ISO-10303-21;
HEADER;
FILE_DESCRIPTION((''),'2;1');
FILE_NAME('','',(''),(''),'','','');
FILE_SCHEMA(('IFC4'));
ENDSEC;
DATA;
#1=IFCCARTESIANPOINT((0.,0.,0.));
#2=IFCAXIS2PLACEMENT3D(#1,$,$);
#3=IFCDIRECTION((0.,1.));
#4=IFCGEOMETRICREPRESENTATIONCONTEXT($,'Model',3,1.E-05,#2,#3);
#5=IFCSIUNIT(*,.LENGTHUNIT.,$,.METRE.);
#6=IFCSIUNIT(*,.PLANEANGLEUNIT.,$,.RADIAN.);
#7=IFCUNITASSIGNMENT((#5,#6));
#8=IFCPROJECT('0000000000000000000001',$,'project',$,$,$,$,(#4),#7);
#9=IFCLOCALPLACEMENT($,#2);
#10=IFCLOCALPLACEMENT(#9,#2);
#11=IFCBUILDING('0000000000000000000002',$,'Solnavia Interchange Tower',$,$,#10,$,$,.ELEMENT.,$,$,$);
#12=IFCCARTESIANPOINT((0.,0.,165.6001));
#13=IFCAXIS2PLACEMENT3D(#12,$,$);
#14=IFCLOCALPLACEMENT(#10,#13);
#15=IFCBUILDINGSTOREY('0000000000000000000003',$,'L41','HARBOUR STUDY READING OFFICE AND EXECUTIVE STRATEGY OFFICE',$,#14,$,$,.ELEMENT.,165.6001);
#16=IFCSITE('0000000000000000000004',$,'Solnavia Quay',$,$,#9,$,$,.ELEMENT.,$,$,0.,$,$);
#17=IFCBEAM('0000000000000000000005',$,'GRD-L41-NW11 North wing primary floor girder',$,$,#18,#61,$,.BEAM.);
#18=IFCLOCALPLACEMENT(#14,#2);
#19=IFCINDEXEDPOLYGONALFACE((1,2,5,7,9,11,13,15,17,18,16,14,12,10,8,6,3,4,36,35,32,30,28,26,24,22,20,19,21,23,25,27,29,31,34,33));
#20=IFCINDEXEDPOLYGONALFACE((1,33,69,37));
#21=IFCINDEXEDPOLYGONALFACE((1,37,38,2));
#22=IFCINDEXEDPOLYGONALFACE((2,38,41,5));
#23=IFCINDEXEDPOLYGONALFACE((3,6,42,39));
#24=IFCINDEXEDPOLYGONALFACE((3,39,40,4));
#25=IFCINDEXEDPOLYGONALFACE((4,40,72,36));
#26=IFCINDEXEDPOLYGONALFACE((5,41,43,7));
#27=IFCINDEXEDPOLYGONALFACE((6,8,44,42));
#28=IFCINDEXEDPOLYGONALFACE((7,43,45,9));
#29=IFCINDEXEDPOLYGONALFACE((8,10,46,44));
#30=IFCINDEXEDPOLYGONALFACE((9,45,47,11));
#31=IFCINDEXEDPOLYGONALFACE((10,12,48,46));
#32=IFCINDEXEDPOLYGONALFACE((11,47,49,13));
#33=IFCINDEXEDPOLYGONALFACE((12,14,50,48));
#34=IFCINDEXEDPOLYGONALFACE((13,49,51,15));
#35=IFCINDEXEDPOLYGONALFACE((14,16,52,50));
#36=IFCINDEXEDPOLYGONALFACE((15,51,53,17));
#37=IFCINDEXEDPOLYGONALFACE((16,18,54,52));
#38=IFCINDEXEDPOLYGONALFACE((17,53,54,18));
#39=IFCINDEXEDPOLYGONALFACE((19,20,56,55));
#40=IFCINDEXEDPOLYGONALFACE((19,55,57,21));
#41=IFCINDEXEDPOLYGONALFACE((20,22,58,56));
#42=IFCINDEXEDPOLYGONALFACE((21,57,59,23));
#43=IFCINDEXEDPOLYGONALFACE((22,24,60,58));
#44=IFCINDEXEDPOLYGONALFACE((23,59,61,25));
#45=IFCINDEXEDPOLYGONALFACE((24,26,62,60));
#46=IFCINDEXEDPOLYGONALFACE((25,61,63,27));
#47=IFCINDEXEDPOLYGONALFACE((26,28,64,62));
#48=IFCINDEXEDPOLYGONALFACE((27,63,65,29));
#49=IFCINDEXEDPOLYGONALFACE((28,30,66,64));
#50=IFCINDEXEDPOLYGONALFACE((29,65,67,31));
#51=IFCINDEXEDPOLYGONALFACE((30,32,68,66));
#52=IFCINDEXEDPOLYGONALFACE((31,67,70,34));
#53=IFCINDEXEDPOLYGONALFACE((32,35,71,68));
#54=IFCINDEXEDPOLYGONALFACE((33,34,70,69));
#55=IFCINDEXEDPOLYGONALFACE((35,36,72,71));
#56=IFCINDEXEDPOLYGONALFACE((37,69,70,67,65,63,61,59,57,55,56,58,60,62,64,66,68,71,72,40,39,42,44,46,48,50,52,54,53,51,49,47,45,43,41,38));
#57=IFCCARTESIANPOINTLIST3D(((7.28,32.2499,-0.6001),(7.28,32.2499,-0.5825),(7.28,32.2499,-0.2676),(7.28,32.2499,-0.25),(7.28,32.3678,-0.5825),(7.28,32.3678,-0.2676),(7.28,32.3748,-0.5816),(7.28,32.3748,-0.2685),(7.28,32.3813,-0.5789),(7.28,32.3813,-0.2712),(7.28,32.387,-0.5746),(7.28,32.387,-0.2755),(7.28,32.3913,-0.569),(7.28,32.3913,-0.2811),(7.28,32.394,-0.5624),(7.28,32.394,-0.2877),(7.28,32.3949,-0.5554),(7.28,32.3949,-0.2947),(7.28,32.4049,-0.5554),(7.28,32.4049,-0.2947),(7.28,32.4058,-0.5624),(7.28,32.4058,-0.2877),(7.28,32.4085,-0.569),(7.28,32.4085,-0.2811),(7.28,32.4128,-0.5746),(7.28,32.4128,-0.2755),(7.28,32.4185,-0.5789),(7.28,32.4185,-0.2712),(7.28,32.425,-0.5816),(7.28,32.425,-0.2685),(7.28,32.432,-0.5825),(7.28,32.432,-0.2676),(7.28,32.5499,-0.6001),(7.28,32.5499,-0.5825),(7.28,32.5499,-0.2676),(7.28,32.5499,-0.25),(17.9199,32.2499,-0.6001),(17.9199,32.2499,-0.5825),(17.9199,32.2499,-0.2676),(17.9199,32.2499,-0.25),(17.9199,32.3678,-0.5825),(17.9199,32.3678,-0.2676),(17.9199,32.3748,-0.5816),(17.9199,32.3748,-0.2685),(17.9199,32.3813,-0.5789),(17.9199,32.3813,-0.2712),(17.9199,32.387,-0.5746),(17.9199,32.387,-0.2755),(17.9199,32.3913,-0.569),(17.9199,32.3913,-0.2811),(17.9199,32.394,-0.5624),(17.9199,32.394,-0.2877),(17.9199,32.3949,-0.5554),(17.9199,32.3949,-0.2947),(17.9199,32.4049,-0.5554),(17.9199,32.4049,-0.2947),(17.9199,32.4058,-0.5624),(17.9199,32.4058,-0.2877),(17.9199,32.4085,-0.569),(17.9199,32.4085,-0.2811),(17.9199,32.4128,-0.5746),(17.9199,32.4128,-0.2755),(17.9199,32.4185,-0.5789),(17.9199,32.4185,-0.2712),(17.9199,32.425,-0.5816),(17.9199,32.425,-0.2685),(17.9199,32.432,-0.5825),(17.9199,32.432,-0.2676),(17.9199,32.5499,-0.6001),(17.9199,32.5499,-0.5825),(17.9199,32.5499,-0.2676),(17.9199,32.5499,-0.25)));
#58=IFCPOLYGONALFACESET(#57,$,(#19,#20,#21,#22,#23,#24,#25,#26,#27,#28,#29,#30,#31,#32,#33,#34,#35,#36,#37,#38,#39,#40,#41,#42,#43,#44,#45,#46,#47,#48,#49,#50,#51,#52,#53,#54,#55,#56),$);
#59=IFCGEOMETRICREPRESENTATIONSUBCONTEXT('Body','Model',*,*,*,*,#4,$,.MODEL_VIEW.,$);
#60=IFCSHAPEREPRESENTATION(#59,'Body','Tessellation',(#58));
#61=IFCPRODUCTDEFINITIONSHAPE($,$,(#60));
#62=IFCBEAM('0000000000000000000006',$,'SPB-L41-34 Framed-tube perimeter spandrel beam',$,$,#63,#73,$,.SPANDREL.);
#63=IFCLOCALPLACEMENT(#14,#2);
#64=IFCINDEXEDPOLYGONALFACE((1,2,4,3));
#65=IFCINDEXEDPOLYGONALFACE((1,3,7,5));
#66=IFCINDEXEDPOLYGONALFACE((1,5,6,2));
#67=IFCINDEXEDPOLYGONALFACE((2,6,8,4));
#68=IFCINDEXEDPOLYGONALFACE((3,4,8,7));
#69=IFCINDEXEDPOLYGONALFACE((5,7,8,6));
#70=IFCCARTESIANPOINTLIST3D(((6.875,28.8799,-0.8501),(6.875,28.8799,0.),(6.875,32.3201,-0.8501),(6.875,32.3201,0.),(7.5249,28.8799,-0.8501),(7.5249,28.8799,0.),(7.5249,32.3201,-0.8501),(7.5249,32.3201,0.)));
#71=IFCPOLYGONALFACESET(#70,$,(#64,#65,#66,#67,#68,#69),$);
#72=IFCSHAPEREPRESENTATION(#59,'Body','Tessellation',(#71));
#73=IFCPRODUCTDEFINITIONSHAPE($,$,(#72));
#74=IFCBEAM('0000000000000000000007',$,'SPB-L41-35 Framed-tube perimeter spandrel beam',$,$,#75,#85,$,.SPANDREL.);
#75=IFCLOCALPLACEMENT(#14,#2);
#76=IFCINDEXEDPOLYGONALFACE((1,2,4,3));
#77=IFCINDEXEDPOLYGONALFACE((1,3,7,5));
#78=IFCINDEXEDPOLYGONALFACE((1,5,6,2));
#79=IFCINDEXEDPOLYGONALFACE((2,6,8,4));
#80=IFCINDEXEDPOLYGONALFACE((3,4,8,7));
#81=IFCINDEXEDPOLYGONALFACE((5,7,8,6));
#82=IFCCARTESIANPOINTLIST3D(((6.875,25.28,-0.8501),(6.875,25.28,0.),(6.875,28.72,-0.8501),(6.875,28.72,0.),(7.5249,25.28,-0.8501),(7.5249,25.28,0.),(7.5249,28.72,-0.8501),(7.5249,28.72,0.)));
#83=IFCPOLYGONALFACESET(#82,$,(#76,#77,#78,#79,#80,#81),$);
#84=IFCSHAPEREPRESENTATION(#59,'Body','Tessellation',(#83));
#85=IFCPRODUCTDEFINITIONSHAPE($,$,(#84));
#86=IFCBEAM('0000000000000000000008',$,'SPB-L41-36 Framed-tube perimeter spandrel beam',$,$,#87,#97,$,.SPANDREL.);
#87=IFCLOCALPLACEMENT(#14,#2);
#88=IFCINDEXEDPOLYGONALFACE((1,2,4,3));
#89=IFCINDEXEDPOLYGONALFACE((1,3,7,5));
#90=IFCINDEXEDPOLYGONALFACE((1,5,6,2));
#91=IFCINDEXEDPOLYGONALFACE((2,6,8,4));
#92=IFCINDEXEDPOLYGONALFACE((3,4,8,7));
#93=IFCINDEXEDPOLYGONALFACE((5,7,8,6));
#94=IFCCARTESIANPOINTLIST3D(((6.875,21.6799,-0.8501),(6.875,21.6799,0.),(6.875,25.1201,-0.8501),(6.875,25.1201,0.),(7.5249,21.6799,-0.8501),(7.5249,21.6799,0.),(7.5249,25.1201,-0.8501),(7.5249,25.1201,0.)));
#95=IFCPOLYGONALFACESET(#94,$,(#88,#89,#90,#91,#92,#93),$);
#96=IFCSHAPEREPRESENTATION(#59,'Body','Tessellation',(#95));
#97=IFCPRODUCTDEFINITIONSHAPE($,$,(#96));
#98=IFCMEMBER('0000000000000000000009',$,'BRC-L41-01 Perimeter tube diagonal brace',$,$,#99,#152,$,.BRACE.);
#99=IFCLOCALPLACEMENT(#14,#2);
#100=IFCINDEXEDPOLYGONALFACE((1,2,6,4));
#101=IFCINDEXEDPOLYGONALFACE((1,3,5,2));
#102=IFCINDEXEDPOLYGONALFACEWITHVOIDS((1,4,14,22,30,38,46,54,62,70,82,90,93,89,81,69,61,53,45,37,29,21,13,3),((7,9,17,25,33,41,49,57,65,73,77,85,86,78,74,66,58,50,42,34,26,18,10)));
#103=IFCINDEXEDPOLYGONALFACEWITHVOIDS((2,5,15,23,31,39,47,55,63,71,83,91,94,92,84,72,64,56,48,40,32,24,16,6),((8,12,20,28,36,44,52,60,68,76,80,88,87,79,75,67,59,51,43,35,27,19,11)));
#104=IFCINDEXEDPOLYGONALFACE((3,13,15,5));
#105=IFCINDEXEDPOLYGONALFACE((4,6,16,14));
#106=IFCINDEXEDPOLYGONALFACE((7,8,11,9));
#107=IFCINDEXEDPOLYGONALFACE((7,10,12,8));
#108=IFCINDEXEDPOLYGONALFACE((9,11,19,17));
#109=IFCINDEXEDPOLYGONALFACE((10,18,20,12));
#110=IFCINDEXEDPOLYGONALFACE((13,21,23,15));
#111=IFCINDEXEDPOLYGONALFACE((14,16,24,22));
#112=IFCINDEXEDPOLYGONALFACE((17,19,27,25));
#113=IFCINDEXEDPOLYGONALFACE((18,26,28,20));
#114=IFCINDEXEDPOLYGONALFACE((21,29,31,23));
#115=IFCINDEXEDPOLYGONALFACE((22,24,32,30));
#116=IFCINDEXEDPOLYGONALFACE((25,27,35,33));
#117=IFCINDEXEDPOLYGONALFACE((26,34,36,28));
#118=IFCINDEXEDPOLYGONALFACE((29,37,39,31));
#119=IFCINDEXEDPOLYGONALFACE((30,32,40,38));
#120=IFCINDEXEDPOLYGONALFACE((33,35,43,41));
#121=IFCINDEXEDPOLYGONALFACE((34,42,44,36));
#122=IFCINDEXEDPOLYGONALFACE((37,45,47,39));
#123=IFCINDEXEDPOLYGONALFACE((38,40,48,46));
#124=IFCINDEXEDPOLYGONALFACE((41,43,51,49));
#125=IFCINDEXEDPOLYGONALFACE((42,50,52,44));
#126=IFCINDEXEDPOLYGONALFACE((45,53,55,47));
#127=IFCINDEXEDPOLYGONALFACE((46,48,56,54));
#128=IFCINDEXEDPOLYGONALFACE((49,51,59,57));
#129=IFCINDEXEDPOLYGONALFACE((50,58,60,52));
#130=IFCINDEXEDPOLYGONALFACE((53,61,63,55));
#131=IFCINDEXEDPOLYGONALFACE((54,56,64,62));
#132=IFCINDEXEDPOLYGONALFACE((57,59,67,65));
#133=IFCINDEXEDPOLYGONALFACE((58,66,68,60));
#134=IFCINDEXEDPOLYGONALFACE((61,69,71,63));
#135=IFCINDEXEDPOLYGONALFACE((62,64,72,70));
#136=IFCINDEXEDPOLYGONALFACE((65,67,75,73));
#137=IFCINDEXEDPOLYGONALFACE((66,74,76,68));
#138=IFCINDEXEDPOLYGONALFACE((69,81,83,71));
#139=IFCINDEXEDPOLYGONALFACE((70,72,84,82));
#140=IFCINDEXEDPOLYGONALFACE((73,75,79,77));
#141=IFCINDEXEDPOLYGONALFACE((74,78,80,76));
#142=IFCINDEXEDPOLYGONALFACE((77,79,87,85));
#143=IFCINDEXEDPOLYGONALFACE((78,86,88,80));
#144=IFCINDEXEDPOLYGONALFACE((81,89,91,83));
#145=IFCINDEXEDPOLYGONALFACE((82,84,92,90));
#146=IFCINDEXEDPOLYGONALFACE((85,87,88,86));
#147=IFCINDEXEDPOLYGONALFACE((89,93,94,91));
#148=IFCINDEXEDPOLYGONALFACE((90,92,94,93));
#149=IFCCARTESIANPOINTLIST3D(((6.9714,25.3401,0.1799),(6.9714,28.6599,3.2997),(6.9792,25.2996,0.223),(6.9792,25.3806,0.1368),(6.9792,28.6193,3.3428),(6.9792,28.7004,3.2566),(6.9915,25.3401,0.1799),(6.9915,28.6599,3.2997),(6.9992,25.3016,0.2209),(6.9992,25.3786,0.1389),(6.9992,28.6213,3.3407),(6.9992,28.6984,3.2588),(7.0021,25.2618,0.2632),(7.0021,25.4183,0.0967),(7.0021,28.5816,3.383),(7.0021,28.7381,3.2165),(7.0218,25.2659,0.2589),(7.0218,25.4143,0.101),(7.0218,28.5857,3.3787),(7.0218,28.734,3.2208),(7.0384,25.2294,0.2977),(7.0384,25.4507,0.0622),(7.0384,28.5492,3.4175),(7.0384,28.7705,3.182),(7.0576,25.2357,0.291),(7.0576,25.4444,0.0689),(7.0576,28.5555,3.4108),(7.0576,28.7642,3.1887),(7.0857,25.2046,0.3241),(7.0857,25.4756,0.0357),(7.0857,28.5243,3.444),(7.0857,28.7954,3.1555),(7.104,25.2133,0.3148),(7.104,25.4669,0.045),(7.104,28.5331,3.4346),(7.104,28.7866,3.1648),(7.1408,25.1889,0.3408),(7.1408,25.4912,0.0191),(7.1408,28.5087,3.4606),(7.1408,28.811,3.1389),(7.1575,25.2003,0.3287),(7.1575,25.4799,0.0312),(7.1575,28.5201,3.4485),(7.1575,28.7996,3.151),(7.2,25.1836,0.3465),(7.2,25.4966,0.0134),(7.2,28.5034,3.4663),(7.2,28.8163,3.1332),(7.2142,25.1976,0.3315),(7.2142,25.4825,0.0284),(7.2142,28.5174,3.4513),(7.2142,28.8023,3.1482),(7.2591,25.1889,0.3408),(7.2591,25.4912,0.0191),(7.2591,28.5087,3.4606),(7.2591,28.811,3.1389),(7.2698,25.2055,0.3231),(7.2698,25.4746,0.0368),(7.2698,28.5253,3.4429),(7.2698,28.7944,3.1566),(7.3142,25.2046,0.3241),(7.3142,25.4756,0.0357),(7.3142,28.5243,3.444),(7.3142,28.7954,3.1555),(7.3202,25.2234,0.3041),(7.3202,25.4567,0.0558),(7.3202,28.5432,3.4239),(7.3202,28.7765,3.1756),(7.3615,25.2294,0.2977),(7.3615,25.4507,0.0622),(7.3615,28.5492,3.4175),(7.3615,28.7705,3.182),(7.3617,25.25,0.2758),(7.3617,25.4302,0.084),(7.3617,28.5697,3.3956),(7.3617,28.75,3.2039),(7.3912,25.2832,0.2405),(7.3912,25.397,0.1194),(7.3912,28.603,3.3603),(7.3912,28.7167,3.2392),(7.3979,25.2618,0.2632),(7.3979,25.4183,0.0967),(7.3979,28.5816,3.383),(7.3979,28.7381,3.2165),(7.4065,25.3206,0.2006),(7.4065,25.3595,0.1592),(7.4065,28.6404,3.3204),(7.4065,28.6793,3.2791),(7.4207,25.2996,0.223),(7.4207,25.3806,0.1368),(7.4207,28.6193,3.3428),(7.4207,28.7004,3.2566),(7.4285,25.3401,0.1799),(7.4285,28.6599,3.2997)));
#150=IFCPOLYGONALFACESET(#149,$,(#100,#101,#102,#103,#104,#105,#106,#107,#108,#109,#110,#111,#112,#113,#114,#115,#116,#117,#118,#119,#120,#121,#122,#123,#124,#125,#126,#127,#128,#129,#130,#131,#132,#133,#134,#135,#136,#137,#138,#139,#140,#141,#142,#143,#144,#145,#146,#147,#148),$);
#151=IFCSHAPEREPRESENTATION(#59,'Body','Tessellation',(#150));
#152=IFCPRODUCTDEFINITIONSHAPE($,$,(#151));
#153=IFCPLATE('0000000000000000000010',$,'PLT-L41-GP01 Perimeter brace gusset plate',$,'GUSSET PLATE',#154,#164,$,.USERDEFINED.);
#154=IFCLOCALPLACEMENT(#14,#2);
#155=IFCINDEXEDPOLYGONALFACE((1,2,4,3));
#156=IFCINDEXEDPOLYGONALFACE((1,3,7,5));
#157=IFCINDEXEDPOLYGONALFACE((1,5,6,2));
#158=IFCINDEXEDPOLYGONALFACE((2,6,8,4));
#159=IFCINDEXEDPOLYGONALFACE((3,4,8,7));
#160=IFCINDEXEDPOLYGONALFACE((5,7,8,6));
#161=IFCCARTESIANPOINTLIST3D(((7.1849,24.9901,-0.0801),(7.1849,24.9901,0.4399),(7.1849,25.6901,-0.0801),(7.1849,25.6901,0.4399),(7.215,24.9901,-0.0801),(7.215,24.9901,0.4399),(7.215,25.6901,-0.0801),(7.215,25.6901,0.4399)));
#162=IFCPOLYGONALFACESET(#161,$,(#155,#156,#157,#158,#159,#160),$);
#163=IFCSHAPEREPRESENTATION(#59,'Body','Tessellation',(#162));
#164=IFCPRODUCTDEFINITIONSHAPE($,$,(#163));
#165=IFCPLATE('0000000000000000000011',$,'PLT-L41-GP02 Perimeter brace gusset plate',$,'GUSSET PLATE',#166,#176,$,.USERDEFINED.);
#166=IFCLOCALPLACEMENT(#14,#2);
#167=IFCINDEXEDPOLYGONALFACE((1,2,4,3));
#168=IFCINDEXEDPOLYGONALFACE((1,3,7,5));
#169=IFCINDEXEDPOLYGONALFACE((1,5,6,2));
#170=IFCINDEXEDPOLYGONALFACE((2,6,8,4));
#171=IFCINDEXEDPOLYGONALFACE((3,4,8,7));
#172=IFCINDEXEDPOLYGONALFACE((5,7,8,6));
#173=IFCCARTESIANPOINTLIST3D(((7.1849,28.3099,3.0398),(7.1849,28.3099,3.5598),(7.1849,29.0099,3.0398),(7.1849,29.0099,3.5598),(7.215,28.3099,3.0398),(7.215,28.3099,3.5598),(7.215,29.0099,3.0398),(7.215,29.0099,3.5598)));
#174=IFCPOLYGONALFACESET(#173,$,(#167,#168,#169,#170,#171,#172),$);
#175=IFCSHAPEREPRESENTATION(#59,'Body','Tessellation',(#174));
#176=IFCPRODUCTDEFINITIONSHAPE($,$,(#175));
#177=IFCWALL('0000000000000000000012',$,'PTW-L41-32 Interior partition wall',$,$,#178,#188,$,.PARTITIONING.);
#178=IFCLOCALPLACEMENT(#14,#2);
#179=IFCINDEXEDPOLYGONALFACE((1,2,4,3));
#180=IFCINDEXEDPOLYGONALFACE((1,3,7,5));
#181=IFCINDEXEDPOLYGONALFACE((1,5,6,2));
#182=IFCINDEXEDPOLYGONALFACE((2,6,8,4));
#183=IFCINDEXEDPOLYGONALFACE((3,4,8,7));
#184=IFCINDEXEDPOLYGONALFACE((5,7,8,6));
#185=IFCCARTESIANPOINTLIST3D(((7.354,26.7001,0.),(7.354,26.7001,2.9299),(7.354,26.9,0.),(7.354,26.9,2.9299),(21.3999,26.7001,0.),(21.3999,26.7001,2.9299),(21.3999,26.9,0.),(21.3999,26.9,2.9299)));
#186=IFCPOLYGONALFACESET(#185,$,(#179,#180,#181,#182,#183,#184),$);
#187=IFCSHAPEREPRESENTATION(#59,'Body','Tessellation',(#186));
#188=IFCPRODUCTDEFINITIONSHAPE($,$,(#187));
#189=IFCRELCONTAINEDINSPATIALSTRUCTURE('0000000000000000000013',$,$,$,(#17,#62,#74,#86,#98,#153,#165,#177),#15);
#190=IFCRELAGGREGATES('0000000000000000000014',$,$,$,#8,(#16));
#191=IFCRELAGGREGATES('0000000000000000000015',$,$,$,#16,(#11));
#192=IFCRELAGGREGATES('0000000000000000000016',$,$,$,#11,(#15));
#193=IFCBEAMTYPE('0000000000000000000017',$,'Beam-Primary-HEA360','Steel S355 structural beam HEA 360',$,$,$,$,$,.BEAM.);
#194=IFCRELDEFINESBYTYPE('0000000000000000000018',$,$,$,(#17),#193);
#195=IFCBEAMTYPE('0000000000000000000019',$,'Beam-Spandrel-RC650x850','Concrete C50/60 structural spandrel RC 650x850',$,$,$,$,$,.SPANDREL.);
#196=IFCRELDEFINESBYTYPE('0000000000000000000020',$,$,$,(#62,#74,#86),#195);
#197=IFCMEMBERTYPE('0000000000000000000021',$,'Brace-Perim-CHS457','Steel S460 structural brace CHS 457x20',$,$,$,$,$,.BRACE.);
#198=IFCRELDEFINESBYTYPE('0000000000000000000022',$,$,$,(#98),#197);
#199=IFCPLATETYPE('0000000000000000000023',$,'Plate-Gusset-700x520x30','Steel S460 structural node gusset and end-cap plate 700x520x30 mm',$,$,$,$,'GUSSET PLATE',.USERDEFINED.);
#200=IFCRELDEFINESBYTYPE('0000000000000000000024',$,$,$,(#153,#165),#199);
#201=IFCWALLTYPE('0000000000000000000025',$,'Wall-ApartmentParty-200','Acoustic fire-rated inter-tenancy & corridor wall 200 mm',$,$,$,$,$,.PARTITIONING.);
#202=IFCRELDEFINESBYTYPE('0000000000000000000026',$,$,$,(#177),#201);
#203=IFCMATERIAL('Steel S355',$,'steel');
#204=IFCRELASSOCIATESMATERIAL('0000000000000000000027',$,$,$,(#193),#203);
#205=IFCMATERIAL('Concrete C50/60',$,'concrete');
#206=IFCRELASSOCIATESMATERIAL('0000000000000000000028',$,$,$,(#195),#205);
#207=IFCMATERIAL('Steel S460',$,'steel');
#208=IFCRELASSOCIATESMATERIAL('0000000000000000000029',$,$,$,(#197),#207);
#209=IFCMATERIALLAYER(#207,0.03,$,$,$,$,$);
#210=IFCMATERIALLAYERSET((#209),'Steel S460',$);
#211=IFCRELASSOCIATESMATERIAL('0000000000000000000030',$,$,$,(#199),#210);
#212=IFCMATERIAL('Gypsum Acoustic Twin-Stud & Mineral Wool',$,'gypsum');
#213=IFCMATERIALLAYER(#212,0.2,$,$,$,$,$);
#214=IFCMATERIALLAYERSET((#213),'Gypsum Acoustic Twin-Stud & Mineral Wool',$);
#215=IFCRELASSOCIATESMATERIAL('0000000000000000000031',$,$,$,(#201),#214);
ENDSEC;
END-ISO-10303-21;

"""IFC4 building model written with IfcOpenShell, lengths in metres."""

from ifc_helpers import new_model, si_unit, direction, frame, frame_2d, origin, origin_2d, place, context, subcontext, project, spatial, rectangle, hollow_circle, i_section, extrude, material, layer, layer_set, material_profile, profile_set, type_object, element, save


model = new_model("IFC4")

# Units and contexts
model_context = context("Model", 3, precision=1e-05, world=origin(), true_north=direction((0.0, 1.0)))
body_context = subcontext(model_context, "Body", "Model", "MODEL_VIEW")
ifc_project = project(units=[si_unit("LENGTHUNIT", "METRE"), si_unit("PLANEANGLEUNIT", "RADIAN")], contexts=[model_context])

# Site, building, storey
site_placement = place(None, origin())
site = spatial("IfcSite", under=ifc_project, at=site_placement, Name="Solnavia Quay", CompositionType="ELEMENT", RefElevation=0.0)
building_placement = place(site_placement, origin())
building = spatial("IfcBuilding", under=site, at=building_placement, Name="Solnavia Interchange Tower", CompositionType="ELEMENT")
storey_placement = place(building_placement, frame((0.0, 0.0, 165.6001)))
storey = spatial("IfcBuildingStorey", under=building, at=storey_placement, Name="L41", Description="HARBOUR STUDY READING OFFICE AND EXECUTIVE STRATEGY OFFICE", CompositionType="ELEMENT", Elevation=165.6001)

# Shared definitions
ifc_material_1 = material(Name="Concrete C50/60", Category="concrete")
ifc_material_2 = material(Name="Steel S355", Category="steel")

# Beams
ifc_material_3 = material(Name="Steel S460", Category="steel")
ifc_material_profile_1 = material_profile(ifc_material_2, i_section(OverallWidth=0.3, OverallDepth=0.3501, WebThickness=0.01, FlangeThickness=0.0176, FilletRadius=0.0271, at=origin_2d()), Name="HEA 360")
ifc_profile_set_1 = profile_set([ifc_material_profile_1], Name="Steel S355")
beam_type_1 = type_object("IfcBeamType", Name="Beam-Primary-HEA360", Description="Steel S355 structural beam HEA 360", PredefinedType="BEAM", material=ifc_profile_set_1)
beam_1_placement = place(storey_placement, frame((7.28, 32.3999, -0.425), z_axis=(1.0, 0.0, 0.0), x_axis=(0.0, 1.0, 0.0)))
element("IfcBeam", 1, at=beam_1_placement, inside=storey, type_object=beam_type_1, Name="GRD-L41-NW11 North wing primary floor girder", PredefinedType="BEAM", context=body_context, shape_type="SweptSolid", body=[
    extrude(i_section(OverallWidth=0.3, OverallDepth=0.3501, WebThickness=0.01, FlangeThickness=0.0176, FilletRadius=0.0271, at=origin_2d()), origin(), (0.0, 0.0, 1.0), 10.6399),
])
ifc_material_profile_2 = material_profile(ifc_material_1, rectangle(XDim=0.6499, YDim=0.8501, at=origin_2d()), Name="RC 650x850")
ifc_profile_set_2 = profile_set([ifc_material_profile_2], Name="Concrete C50/60")
beam_type_2 = type_object("IfcBeamType", Name="Beam-Spandrel-RC650x850", Description="Concrete C50/60 structural spandrel RC 650x850", PredefinedType="SPANDREL", material=ifc_profile_set_2)
beam_2_placement = place(storey_placement, frame((7.2, 32.3201, -0.425), z_axis=(0.0, -1.0, 0.0), x_axis=(1.0, 0.0, 0.0)))
element("IfcBeam", 2, at=beam_2_placement, inside=storey, type_object=beam_type_2, Name="SPB-L41-34 Framed-tube perimeter spandrel beam", PredefinedType="SPANDREL", context=body_context, shape_type="SweptSolid", body=[
    extrude(rectangle(XDim=0.6499, YDim=0.8501, at=origin_2d()), origin(), (0.0, 0.0, 1.0), 3.4402),
])
beam_3_placement = place(storey_placement, frame((7.2, 28.72, -0.425), z_axis=(0.0, -1.0, 0.0), x_axis=(1.0, 0.0, 0.0)))
element("IfcBeam", 3, at=beam_3_placement, inside=storey, type_object=beam_type_2, Name="SPB-L41-35 Framed-tube perimeter spandrel beam", PredefinedType="SPANDREL", context=body_context, shape_type="SweptSolid", body=[
    extrude(rectangle(XDim=0.6499, YDim=0.8501, at=origin_2d()), origin(), (0.0, 0.0, 1.0), 3.4399),
])
beam_4_placement = place(storey_placement, frame((7.2, 25.1201, -0.425), z_axis=(0.0, -1.0, 0.0), x_axis=(1.0, 0.0, 0.0)))
element("IfcBeam", 4, at=beam_4_placement, inside=storey, type_object=beam_type_2, Name="SPB-L41-36 Framed-tube perimeter spandrel beam", PredefinedType="SPANDREL", context=body_context, shape_type="SweptSolid", body=[
    extrude(rectangle(XDim=0.6499, YDim=0.8501, at=origin_2d()), origin(), (0.0, 0.0, 1.0), 3.4402),
])

# Member
ifc_material_profile_3 = material_profile(ifc_material_3, hollow_circle(Radius=0.2285, WallThickness=0.02, at=origin_2d()), Name="CHS 457x20")
ifc_profile_set_3 = profile_set([ifc_material_profile_3], Name="Steel S460")
member_type = type_object("IfcMemberType", Name="Brace-Perim-CHS457", Description="Steel S460 structural brace CHS 457x20", PredefinedType="BRACE", material=ifc_profile_set_3)
member_placement = place(storey_placement, frame((7.2, 25.3401, 0.1799), z_axis=(0.0, 0.728711, 0.684821), x_axis=(-1.0, 0.0, 0.0)))
element("IfcMember", 5, at=member_placement, inside=storey, type_object=member_type, Name="BRC-L41-01 Perimeter tube diagonal brace", PredefinedType="BRACE", context=body_context, shape_type="SweptSolid", body=[
    extrude(hollow_circle(Radius=0.2285, WallThickness=0.02, at=origin_2d()), origin(), (0.0, 0.0, 1.0), 4.5557),
])

# Plates
ifc_layer_1 = layer(ifc_material_3, 0.03)
ifc_layer_set_1 = layer_set([ifc_layer_1], Name="Steel S460")
plate_type = type_object("IfcPlateType", Name="Plate-Gusset-700x520x30", Description="Steel S460 structural node gusset and end-cap plate 700x520x30 mm", ElementType="GUSSET PLATE", PredefinedType="USERDEFINED", material=ifc_layer_set_1)
for number, where, z_axis, x_axis, name in (
    (6, (7.2, 25.3401, -0.0801), (0.0, 0.0, 1.0), (0.0, 1.0, 0.0), "PLT-L41-GP01 Perimeter brace gusset plate"),
    (7, (7.2, 28.6599, 3.0398), (0.0, 0.0, 1.0), (0.0, 1.0, 0.0), "PLT-L41-GP02 Perimeter brace gusset plate"),
):
    element("IfcPlate", number, at=place(storey_placement, frame(where, z_axis=z_axis, x_axis=x_axis)), inside=storey, type_object=plate_type, Name=name, ObjectType="GUSSET PLATE", PredefinedType="USERDEFINED", context=body_context, shape_type="SweptSolid", body=[
        extrude(rectangle(XDim=0.7, YDim=0.03, at=origin_2d()), origin(), (0.0, 0.0, 1.0), 0.52),
    ])

# Wall
ifc_material_4 = material(Name="Gypsum Acoustic Twin-Stud & Mineral Wool", Category="gypsum")
ifc_layer_2 = layer(ifc_material_4, 0.2)
ifc_layer_set_2 = layer_set([ifc_layer_2], Name="Gypsum Acoustic Twin-Stud & Mineral Wool")
wall_type_1 = type_object("IfcWallType", Name="Wall-ApartmentParty-200", Description="Acoustic fire-rated inter-tenancy & corridor wall 200 mm", PredefinedType="PARTITIONING", material=ifc_layer_set_2)
for number, where, z_axis, x_axis, name in (
    (8, (7.354, 26.8, 0.0), (0.0, 0.0, 1.0), (1.0, 0.0, 0.0), "PTW-L41-32 Interior partition wall"),
):
    element("IfcWall", number, at=place(storey_placement, frame(where, z_axis=z_axis, x_axis=x_axis)), inside=storey, type_object=wall_type_1, Name=name, PredefinedType="PARTITIONING", context=body_context, shape_type="SweptSolid", body=[
        extrude(rectangle(XDim=14.0459, YDim=0.2, at=frame_2d((7.0229, 0.0))), origin(), (0.0, 0.0, 1.0), 2.9299),
    ])

save(model, "model.ifc")
